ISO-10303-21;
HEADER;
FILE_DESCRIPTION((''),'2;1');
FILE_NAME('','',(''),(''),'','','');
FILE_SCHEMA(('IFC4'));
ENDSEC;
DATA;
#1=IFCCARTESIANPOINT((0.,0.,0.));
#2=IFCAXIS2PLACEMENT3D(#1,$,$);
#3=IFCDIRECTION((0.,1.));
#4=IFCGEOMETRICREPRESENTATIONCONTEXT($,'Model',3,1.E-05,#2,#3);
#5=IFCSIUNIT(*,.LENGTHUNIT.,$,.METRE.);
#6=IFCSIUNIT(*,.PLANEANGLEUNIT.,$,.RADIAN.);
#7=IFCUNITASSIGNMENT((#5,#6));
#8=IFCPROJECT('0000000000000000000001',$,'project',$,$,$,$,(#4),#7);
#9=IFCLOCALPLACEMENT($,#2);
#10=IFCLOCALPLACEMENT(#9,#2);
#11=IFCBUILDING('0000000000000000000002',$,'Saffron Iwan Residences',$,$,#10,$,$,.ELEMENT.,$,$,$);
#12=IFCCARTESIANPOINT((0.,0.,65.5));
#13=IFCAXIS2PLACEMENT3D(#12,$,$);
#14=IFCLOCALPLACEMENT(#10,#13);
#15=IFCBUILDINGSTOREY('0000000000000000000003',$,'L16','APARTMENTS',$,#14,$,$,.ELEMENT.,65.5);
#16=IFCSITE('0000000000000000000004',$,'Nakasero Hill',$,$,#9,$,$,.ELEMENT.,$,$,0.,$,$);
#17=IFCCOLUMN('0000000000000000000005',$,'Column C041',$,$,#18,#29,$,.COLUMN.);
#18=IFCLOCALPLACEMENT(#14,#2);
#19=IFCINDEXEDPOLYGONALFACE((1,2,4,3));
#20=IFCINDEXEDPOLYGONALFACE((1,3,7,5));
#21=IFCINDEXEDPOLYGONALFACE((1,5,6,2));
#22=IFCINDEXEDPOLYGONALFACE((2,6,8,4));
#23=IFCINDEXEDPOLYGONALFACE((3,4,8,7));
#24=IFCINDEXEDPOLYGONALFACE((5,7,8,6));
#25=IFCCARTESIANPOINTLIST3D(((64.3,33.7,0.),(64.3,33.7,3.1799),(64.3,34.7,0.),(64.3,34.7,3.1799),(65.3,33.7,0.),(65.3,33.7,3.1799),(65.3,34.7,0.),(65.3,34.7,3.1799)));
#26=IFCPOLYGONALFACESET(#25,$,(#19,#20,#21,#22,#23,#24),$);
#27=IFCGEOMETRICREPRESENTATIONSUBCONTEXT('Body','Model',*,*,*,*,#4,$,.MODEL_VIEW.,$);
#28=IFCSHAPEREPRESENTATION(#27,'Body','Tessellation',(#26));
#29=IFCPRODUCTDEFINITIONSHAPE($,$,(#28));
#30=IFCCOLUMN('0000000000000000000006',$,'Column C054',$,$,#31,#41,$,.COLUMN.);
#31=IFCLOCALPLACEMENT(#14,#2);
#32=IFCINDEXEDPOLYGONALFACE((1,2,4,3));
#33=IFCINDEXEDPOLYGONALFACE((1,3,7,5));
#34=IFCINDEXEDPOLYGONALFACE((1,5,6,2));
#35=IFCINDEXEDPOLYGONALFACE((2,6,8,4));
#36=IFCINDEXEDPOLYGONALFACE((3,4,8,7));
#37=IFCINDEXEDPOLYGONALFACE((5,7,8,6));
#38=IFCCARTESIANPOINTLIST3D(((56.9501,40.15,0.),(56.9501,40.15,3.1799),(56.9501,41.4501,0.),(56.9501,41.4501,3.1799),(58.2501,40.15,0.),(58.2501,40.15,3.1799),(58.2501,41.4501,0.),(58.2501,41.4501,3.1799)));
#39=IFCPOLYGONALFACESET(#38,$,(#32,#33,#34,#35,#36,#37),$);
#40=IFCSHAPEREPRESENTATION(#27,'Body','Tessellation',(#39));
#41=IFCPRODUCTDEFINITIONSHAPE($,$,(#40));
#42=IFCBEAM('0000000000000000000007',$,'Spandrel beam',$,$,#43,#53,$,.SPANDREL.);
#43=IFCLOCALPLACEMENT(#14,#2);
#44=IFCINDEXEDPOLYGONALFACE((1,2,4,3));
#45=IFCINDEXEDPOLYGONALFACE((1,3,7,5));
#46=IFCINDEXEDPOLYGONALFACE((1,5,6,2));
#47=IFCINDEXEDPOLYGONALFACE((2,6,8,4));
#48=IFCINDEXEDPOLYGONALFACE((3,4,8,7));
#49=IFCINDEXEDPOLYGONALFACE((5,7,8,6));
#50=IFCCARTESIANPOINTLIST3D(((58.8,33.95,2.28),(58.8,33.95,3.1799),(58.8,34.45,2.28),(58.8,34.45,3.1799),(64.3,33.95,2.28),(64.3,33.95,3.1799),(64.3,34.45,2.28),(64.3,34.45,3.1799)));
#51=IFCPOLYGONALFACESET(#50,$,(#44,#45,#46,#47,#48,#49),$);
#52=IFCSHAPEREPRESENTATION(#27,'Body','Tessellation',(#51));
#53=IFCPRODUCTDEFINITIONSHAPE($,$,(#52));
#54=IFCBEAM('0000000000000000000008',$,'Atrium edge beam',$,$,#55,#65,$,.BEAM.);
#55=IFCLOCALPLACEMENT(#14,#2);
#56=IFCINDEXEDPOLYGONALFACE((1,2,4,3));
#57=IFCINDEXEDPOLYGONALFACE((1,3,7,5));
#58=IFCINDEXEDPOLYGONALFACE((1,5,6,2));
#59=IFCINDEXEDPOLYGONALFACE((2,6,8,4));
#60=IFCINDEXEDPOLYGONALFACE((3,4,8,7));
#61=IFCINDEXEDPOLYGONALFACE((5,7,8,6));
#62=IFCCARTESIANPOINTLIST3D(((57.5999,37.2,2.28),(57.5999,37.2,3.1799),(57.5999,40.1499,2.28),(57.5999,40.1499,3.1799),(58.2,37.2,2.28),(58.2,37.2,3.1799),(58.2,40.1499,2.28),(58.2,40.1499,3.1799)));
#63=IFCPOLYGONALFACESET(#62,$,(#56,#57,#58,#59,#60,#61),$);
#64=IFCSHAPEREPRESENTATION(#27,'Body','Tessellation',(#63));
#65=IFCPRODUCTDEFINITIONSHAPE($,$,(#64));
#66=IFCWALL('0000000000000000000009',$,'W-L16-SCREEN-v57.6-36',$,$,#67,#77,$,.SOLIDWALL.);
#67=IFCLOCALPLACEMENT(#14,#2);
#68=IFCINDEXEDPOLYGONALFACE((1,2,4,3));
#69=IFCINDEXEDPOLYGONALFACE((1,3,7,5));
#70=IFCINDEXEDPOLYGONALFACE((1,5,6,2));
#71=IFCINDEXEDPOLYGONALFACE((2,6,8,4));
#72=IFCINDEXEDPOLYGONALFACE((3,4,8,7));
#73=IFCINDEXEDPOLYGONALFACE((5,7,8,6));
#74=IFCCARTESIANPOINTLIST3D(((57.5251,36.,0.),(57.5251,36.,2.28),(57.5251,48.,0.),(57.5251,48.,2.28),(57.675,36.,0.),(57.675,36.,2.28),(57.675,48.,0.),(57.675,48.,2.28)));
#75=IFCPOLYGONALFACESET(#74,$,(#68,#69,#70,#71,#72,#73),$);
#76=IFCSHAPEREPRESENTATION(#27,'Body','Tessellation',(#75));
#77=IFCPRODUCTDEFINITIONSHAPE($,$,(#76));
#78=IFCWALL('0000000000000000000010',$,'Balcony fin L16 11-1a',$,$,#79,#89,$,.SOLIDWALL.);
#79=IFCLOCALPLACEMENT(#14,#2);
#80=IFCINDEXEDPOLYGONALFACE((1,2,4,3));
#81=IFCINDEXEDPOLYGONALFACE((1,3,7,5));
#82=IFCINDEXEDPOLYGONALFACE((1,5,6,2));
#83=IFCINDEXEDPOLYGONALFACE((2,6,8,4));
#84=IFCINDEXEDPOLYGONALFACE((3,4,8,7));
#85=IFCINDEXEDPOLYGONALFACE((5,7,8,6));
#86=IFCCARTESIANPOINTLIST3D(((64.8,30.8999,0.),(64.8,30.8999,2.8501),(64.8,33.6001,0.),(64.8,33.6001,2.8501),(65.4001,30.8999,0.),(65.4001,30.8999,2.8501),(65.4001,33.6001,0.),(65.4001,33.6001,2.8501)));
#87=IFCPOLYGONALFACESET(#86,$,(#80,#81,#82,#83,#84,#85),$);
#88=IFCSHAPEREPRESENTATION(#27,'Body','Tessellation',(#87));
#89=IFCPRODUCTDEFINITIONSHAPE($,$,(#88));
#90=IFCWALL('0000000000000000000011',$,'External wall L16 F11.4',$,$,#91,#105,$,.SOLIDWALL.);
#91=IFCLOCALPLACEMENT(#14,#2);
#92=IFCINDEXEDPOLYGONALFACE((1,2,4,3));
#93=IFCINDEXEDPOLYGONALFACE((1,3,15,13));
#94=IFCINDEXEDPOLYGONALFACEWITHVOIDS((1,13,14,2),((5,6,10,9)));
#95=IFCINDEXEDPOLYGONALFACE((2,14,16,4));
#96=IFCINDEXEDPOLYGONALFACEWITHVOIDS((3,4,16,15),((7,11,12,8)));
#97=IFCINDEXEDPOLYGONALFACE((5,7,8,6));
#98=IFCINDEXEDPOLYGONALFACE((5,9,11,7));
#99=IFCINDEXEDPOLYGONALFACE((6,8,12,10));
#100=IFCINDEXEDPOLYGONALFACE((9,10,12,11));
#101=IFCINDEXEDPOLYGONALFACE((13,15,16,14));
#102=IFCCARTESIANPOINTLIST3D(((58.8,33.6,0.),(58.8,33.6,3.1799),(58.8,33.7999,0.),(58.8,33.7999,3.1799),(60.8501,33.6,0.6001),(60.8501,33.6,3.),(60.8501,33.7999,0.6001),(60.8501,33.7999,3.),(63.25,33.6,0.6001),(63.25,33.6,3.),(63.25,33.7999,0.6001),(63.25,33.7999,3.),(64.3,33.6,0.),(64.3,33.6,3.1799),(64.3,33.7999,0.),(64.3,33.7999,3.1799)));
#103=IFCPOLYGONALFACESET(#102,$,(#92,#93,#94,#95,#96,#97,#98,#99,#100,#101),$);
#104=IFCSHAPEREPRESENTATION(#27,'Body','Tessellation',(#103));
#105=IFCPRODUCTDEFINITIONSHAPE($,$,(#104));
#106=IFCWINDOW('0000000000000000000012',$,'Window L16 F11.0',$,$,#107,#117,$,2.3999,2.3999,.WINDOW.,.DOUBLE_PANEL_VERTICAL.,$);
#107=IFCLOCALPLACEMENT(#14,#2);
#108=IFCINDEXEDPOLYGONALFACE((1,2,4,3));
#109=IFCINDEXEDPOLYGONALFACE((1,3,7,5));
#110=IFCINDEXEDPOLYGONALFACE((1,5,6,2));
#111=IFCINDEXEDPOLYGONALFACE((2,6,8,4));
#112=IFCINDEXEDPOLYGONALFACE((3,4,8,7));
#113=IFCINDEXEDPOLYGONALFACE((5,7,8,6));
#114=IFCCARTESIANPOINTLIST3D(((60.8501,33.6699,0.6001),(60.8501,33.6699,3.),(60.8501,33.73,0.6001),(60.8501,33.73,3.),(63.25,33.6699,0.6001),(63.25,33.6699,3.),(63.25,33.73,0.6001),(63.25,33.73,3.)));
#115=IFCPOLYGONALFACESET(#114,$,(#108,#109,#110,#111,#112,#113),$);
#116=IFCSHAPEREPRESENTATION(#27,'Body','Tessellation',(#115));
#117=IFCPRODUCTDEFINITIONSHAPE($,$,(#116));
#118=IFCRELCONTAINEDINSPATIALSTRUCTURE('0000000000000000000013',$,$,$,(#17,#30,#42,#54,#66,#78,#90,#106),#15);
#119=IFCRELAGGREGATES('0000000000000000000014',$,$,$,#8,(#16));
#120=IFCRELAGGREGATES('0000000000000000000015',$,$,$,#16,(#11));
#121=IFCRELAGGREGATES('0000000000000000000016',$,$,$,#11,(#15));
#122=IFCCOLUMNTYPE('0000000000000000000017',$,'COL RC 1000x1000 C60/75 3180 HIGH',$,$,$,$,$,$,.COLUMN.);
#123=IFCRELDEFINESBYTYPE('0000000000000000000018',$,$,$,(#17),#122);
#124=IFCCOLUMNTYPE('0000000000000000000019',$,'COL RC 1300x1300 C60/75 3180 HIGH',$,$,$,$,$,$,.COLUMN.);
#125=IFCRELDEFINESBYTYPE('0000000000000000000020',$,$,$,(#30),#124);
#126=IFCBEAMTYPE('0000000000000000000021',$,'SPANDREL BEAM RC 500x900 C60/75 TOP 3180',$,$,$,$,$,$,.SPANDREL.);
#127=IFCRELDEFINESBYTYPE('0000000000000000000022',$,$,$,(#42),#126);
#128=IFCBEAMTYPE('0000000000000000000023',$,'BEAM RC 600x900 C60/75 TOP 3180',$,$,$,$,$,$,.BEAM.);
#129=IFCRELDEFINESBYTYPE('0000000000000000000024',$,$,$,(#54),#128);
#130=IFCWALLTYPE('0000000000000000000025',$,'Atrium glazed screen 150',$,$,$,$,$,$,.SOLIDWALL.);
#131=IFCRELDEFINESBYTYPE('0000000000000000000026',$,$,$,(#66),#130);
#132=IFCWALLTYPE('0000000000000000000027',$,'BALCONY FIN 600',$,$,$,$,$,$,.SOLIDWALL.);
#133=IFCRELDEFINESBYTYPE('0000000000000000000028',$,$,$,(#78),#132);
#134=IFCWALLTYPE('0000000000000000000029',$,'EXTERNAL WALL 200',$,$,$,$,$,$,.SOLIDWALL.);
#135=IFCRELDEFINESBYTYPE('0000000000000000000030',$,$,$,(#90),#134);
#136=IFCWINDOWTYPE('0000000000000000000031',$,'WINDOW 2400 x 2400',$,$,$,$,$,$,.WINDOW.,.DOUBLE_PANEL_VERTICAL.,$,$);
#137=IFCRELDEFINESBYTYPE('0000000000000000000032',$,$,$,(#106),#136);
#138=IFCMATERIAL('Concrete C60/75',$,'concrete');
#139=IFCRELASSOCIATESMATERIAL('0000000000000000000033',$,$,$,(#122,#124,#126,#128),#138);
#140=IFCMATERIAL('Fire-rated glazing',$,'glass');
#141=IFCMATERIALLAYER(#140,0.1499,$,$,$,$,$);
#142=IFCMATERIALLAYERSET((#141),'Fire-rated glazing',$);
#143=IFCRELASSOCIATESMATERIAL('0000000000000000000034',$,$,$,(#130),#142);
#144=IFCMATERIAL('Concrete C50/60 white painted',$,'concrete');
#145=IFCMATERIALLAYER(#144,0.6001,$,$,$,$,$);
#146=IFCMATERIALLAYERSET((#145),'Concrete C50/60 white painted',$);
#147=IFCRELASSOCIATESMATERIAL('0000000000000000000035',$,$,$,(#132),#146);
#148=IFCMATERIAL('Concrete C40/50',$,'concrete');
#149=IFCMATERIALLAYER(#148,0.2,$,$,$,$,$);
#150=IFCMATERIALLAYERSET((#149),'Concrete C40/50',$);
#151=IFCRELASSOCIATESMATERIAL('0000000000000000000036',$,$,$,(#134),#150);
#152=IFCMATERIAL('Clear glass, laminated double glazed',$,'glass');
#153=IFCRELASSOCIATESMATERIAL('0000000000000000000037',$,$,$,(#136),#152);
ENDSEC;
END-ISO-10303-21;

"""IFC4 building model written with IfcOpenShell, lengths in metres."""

from ifc_helpers import new_model, si_unit, direction, frame, frame_2d, origin, origin_2d, place, context, subcontext, project, spatial, rectangle, extrude, source, transform, mapped, material, layer, layer_set, material_profile, profile_set, type_object, element, fill, save


model = new_model("IFC4")

# Units and contexts
model_context = context("Model", 3, precision=1e-05, world=origin(), true_north=direction((0.0, 1.0)))
body_context = subcontext(model_context, "Body", "Model", "MODEL_VIEW")
ifc_project = project(units=[si_unit("LENGTHUNIT", "METRE"), si_unit("PLANEANGLEUNIT", "RADIAN")], contexts=[model_context])

# Site, building, storey
site_placement = place(None, origin())
site = spatial("IfcSite", under=ifc_project, at=site_placement, Name="Nakasero Hill", CompositionType="ELEMENT", RefElevation=0.0)
building_placement = place(site_placement, origin())
building = spatial("IfcBuilding", under=site, at=building_placement, Name="Saffron Iwan Residences", CompositionType="ELEMENT")
storey_placement = place(building_placement, frame((0.0, 0.0, 65.5)))
storey = spatial("IfcBuildingStorey", under=building, at=storey_placement, Name="L16", Description="APARTMENTS", CompositionType="ELEMENT", Elevation=65.5)

# Columns
ifc_material_1 = material(Name="Concrete C60/75", Category="concrete")
ifc_material_profile_1 = material_profile(ifc_material_1, rectangle(XDim=1.0, YDim=1.0, at=origin_2d()), Name="RC 1000x1000")
ifc_profile_set_1 = profile_set([ifc_material_profile_1], Name="Concrete C60/75")
column_type_1 = type_object("IfcColumnType", Name="COL RC 1000x1000 C60/75 3180 HIGH", PredefinedType="COLUMN", material=ifc_profile_set_1)
shared_shape_1 = source(origin(), body_context, "Body", "SweptSolid", [
    extrude(rectangle(XDim=1.0, YDim=1.0, at=origin_2d()), origin(), (0.0, 0.0, 1.0), 3.1799),
])
column_1_placement = place(storey_placement, frame((64.8, 34.2, 0.0), z_axis=(0.0, 0.0, 1.0), x_axis=(1.0, 0.0, 0.0)))
element("IfcColumn", 1, at=column_1_placement, inside=storey, type_object=column_type_1, Name="Column C041", PredefinedType="COLUMN", context=body_context, shape_type="MappedRepresentation", body=[
    mapped(shared_shape_1, transform((0.0, 0.0, 0.0))),
])
ifc_material_profile_2 = material_profile(ifc_material_1, rectangle(XDim=1.3, YDim=1.3, at=origin_2d()), Name="RC 1300x1300")
ifc_profile_set_2 = profile_set([ifc_material_profile_2], Name="Concrete C60/75")
column_type_2 = type_object("IfcColumnType", Name="COL RC 1300x1300 C60/75 3180 HIGH", PredefinedType="COLUMN", material=ifc_profile_set_2)
shared_shape_2 = source(origin(), body_context, "Body", "SweptSolid", [
    extrude(rectangle(XDim=1.3, YDim=1.3, at=origin_2d()), origin(), (0.0, 0.0, 1.0), 3.1799),
])
column_2_placement = place(storey_placement, frame((57.6001, 40.8, 0.0), z_axis=(0.0, 0.0, 1.0), x_axis=(1.0, 0.0, 0.0)))
element("IfcColumn", 2, at=column_2_placement, inside=storey, type_object=column_type_2, Name="Column C054", PredefinedType="COLUMN", context=body_context, shape_type="MappedRepresentation", body=[
    mapped(shared_shape_2, transform((0.0, 0.0, 0.0))),
])

# Beams
ifc_material_profile_3 = material_profile(ifc_material_1, rectangle(XDim=0.5, YDim=0.8999, at=origin_2d()), Name="RC 500x900")
ifc_profile_set_3 = profile_set([ifc_material_profile_3], Name="Concrete C60/75")
beam_type_1 = type_object("IfcBeamType", Name="SPANDREL BEAM RC 500x900 C60/75 TOP 3180", PredefinedType="SPANDREL", material=ifc_profile_set_3)
shared_shape_3 = source(origin(), body_context, "Body", "SweptSolid", [
    extrude(rectangle(XDim=0.5, YDim=0.8999, at=origin_2d()), origin(), (0.0, 0.0, 1.0), 5.5),
])
beam_1_placement = place(storey_placement, frame((64.3, 34.2, 2.73), z_axis=(-1.0, 0.0, 0.0), x_axis=(0.0, -1.0, 0.0)))
element("IfcBeam", 3, at=beam_1_placement, inside=storey, type_object=beam_type_1, Name="Spandrel beam", PredefinedType="SPANDREL", context=body_context, shape_type="MappedRepresentation", body=[
    mapped(shared_shape_3, transform((0.0, 0.0, 0.0))),
])
ifc_material_profile_4 = material_profile(ifc_material_1, rectangle(XDim=0.6001, YDim=0.8999, at=origin_2d()), Name="RC 600x900")
ifc_profile_set_4 = profile_set([ifc_material_profile_4], Name="Concrete C60/75")
beam_type_2 = type_object("IfcBeamType", Name="BEAM RC 600x900 C60/75 TOP 3180", PredefinedType="BEAM", material=ifc_profile_set_4)
shared_shape_4 = source(origin(), body_context, "Body", "SweptSolid", [
    extrude(rectangle(XDim=0.6001, YDim=0.8999, at=origin_2d()), origin(), (0.0, 0.0, 1.0), 2.95),
])
beam_2_placement = place(storey_placement, frame((57.8999, 40.1499, 2.73), z_axis=(0.0, -1.0, 0.0), x_axis=(1.0, 0.0, 0.0)))
element("IfcBeam", 4, at=beam_2_placement, inside=storey, type_object=beam_type_2, Name="Atrium edge beam", PredefinedType="BEAM", context=body_context, shape_type="MappedRepresentation", body=[
    mapped(shared_shape_4, transform((0.0, 0.0, 0.0))),
])

# Walls
ifc_material_2 = material(Name="Fire-rated glazing", Category="glass")
ifc_layer_1 = layer(ifc_material_2, 0.1499)
ifc_layer_set_1 = layer_set([ifc_layer_1], Name="Fire-rated glazing")
wall_type_1 = type_object("IfcWallType", Name="Atrium glazed screen 150", PredefinedType="SOLIDWALL", material=ifc_layer_set_1)
wall_1_placement = place(storey_placement, frame((57.6001, 36.0, 0.0), z_axis=(0.0, 0.0, 1.0), x_axis=(0.0, 1.0, 0.0)))
element("IfcWall", 5, at=wall_1_placement, inside=storey, type_object=wall_type_1, Name="W-L16-SCREEN-v57.6-36", PredefinedType="SOLIDWALL", context=body_context, shape_type="SweptSolid", body=[
    extrude(rectangle(XDim=12.0, YDim=0.1499, at=frame_2d((6.0, 0.0))), origin(), (0.0, 0.0, 1.0), 2.28),
])
ifc_material_3 = material(Name="Concrete C50/60 white painted", Category="concrete")
ifc_layer_2 = layer(ifc_material_3, 0.6001)
ifc_layer_set_2 = layer_set([ifc_layer_2], Name="Concrete C50/60 white painted")
wall_type_2 = type_object("IfcWallType", Name="BALCONY FIN 600", PredefinedType="SOLIDWALL", material=ifc_layer_set_2)
wall_2_placement = place(storey_placement, frame((65.1001, 33.6001, 0.0), z_axis=(0.0, 0.0, 1.0), x_axis=(0.0, -1.0, 0.0)))
element("IfcWall", 6, at=wall_2_placement, inside=storey, type_object=wall_type_2, Name="Balcony fin L16 11-1a", PredefinedType="SOLIDWALL", context=body_context, shape_type="SweptSolid", body=[
    extrude(rectangle(XDim=2.7002, YDim=0.6001, at=frame_2d((1.3501, 0.0))), origin(), (0.0, 0.0, 1.0), 2.8501),
])

# Wall, opening, window
ifc_material_4 = material(Name="Concrete C40/50", Category="concrete")
ifc_layer_3 = layer(ifc_material_4, 0.2)
ifc_layer_set_3 = layer_set([ifc_layer_3], Name="Concrete C40/50")
wall_type_3 = type_object("IfcWallType", Name="EXTERNAL WALL 200", PredefinedType="SOLIDWALL", material=ifc_layer_set_3)
wall_3_placement = place(storey_placement, frame((58.8, 33.7, 0.0), z_axis=(0.0, 0.0, 1.0), x_axis=(1.0, 0.0, 0.0)))
wall_3 = element("IfcWall", 7, at=wall_3_placement, inside=storey, type_object=wall_type_3, Name="External wall L16 F11.4", PredefinedType="SOLIDWALL", context=body_context, shape_type="SweptSolid", body=[
    extrude(rectangle(XDim=5.5, YDim=0.2, at=frame_2d((2.75, 0.0))), origin(), (0.0, 0.0, 1.0), 3.1799),
])
opening_1_placement = place(wall_3_placement, frame((2.05, 0.0, 0.6001)))
opening_1 = element("IfcOpeningElement", 8, at=opening_1_placement, cuts=wall_3, PredefinedType="OPENING", context=body_context, shape_type="SweptSolid", body=[
    extrude(rectangle(XDim=2.3999, YDim=2.3999, at=frame_2d((1.2, 1.2))), frame((0.0, 0.1099, 0.0), z_axis=(0.0, -1.0, 0.0), x_axis=(1.0, 0.0, 0.0)), (0.0, 0.0, 1.0), 0.22),
])
ifc_material_5 = material(Name="Clear glass, laminated double glazed", Category="glass")
window_type_1 = type_object("IfcWindowType", Name="WINDOW 2400 x 2400", PartitioningType="DOUBLE_PANEL_VERTICAL", PredefinedType="WINDOW", material=ifc_material_5)
window_1_placement = place(opening_1_placement, origin())
window_1 = element("IfcWindow", 9, at=window_1_placement, inside=storey, type_object=window_type_1, Name="Window L16 F11.0", OverallHeight=2.3999, OverallWidth=2.3999, PartitioningType="DOUBLE_PANEL_VERTICAL", PredefinedType="WINDOW", context=body_context, shape_type="SweptSolid", body=[
    extrude(rectangle(XDim=2.3999, YDim=2.3999, at=frame_2d((1.2, 1.2))), frame((0.0, 0.03, 0.0), z_axis=(0.0, -1.0, 0.0), x_axis=(1.0, 0.0, 0.0)), (0.0, 0.0, 1.0), 0.0601),
])
fill(opening_1, window_1)

save(model, "model.ifc")
